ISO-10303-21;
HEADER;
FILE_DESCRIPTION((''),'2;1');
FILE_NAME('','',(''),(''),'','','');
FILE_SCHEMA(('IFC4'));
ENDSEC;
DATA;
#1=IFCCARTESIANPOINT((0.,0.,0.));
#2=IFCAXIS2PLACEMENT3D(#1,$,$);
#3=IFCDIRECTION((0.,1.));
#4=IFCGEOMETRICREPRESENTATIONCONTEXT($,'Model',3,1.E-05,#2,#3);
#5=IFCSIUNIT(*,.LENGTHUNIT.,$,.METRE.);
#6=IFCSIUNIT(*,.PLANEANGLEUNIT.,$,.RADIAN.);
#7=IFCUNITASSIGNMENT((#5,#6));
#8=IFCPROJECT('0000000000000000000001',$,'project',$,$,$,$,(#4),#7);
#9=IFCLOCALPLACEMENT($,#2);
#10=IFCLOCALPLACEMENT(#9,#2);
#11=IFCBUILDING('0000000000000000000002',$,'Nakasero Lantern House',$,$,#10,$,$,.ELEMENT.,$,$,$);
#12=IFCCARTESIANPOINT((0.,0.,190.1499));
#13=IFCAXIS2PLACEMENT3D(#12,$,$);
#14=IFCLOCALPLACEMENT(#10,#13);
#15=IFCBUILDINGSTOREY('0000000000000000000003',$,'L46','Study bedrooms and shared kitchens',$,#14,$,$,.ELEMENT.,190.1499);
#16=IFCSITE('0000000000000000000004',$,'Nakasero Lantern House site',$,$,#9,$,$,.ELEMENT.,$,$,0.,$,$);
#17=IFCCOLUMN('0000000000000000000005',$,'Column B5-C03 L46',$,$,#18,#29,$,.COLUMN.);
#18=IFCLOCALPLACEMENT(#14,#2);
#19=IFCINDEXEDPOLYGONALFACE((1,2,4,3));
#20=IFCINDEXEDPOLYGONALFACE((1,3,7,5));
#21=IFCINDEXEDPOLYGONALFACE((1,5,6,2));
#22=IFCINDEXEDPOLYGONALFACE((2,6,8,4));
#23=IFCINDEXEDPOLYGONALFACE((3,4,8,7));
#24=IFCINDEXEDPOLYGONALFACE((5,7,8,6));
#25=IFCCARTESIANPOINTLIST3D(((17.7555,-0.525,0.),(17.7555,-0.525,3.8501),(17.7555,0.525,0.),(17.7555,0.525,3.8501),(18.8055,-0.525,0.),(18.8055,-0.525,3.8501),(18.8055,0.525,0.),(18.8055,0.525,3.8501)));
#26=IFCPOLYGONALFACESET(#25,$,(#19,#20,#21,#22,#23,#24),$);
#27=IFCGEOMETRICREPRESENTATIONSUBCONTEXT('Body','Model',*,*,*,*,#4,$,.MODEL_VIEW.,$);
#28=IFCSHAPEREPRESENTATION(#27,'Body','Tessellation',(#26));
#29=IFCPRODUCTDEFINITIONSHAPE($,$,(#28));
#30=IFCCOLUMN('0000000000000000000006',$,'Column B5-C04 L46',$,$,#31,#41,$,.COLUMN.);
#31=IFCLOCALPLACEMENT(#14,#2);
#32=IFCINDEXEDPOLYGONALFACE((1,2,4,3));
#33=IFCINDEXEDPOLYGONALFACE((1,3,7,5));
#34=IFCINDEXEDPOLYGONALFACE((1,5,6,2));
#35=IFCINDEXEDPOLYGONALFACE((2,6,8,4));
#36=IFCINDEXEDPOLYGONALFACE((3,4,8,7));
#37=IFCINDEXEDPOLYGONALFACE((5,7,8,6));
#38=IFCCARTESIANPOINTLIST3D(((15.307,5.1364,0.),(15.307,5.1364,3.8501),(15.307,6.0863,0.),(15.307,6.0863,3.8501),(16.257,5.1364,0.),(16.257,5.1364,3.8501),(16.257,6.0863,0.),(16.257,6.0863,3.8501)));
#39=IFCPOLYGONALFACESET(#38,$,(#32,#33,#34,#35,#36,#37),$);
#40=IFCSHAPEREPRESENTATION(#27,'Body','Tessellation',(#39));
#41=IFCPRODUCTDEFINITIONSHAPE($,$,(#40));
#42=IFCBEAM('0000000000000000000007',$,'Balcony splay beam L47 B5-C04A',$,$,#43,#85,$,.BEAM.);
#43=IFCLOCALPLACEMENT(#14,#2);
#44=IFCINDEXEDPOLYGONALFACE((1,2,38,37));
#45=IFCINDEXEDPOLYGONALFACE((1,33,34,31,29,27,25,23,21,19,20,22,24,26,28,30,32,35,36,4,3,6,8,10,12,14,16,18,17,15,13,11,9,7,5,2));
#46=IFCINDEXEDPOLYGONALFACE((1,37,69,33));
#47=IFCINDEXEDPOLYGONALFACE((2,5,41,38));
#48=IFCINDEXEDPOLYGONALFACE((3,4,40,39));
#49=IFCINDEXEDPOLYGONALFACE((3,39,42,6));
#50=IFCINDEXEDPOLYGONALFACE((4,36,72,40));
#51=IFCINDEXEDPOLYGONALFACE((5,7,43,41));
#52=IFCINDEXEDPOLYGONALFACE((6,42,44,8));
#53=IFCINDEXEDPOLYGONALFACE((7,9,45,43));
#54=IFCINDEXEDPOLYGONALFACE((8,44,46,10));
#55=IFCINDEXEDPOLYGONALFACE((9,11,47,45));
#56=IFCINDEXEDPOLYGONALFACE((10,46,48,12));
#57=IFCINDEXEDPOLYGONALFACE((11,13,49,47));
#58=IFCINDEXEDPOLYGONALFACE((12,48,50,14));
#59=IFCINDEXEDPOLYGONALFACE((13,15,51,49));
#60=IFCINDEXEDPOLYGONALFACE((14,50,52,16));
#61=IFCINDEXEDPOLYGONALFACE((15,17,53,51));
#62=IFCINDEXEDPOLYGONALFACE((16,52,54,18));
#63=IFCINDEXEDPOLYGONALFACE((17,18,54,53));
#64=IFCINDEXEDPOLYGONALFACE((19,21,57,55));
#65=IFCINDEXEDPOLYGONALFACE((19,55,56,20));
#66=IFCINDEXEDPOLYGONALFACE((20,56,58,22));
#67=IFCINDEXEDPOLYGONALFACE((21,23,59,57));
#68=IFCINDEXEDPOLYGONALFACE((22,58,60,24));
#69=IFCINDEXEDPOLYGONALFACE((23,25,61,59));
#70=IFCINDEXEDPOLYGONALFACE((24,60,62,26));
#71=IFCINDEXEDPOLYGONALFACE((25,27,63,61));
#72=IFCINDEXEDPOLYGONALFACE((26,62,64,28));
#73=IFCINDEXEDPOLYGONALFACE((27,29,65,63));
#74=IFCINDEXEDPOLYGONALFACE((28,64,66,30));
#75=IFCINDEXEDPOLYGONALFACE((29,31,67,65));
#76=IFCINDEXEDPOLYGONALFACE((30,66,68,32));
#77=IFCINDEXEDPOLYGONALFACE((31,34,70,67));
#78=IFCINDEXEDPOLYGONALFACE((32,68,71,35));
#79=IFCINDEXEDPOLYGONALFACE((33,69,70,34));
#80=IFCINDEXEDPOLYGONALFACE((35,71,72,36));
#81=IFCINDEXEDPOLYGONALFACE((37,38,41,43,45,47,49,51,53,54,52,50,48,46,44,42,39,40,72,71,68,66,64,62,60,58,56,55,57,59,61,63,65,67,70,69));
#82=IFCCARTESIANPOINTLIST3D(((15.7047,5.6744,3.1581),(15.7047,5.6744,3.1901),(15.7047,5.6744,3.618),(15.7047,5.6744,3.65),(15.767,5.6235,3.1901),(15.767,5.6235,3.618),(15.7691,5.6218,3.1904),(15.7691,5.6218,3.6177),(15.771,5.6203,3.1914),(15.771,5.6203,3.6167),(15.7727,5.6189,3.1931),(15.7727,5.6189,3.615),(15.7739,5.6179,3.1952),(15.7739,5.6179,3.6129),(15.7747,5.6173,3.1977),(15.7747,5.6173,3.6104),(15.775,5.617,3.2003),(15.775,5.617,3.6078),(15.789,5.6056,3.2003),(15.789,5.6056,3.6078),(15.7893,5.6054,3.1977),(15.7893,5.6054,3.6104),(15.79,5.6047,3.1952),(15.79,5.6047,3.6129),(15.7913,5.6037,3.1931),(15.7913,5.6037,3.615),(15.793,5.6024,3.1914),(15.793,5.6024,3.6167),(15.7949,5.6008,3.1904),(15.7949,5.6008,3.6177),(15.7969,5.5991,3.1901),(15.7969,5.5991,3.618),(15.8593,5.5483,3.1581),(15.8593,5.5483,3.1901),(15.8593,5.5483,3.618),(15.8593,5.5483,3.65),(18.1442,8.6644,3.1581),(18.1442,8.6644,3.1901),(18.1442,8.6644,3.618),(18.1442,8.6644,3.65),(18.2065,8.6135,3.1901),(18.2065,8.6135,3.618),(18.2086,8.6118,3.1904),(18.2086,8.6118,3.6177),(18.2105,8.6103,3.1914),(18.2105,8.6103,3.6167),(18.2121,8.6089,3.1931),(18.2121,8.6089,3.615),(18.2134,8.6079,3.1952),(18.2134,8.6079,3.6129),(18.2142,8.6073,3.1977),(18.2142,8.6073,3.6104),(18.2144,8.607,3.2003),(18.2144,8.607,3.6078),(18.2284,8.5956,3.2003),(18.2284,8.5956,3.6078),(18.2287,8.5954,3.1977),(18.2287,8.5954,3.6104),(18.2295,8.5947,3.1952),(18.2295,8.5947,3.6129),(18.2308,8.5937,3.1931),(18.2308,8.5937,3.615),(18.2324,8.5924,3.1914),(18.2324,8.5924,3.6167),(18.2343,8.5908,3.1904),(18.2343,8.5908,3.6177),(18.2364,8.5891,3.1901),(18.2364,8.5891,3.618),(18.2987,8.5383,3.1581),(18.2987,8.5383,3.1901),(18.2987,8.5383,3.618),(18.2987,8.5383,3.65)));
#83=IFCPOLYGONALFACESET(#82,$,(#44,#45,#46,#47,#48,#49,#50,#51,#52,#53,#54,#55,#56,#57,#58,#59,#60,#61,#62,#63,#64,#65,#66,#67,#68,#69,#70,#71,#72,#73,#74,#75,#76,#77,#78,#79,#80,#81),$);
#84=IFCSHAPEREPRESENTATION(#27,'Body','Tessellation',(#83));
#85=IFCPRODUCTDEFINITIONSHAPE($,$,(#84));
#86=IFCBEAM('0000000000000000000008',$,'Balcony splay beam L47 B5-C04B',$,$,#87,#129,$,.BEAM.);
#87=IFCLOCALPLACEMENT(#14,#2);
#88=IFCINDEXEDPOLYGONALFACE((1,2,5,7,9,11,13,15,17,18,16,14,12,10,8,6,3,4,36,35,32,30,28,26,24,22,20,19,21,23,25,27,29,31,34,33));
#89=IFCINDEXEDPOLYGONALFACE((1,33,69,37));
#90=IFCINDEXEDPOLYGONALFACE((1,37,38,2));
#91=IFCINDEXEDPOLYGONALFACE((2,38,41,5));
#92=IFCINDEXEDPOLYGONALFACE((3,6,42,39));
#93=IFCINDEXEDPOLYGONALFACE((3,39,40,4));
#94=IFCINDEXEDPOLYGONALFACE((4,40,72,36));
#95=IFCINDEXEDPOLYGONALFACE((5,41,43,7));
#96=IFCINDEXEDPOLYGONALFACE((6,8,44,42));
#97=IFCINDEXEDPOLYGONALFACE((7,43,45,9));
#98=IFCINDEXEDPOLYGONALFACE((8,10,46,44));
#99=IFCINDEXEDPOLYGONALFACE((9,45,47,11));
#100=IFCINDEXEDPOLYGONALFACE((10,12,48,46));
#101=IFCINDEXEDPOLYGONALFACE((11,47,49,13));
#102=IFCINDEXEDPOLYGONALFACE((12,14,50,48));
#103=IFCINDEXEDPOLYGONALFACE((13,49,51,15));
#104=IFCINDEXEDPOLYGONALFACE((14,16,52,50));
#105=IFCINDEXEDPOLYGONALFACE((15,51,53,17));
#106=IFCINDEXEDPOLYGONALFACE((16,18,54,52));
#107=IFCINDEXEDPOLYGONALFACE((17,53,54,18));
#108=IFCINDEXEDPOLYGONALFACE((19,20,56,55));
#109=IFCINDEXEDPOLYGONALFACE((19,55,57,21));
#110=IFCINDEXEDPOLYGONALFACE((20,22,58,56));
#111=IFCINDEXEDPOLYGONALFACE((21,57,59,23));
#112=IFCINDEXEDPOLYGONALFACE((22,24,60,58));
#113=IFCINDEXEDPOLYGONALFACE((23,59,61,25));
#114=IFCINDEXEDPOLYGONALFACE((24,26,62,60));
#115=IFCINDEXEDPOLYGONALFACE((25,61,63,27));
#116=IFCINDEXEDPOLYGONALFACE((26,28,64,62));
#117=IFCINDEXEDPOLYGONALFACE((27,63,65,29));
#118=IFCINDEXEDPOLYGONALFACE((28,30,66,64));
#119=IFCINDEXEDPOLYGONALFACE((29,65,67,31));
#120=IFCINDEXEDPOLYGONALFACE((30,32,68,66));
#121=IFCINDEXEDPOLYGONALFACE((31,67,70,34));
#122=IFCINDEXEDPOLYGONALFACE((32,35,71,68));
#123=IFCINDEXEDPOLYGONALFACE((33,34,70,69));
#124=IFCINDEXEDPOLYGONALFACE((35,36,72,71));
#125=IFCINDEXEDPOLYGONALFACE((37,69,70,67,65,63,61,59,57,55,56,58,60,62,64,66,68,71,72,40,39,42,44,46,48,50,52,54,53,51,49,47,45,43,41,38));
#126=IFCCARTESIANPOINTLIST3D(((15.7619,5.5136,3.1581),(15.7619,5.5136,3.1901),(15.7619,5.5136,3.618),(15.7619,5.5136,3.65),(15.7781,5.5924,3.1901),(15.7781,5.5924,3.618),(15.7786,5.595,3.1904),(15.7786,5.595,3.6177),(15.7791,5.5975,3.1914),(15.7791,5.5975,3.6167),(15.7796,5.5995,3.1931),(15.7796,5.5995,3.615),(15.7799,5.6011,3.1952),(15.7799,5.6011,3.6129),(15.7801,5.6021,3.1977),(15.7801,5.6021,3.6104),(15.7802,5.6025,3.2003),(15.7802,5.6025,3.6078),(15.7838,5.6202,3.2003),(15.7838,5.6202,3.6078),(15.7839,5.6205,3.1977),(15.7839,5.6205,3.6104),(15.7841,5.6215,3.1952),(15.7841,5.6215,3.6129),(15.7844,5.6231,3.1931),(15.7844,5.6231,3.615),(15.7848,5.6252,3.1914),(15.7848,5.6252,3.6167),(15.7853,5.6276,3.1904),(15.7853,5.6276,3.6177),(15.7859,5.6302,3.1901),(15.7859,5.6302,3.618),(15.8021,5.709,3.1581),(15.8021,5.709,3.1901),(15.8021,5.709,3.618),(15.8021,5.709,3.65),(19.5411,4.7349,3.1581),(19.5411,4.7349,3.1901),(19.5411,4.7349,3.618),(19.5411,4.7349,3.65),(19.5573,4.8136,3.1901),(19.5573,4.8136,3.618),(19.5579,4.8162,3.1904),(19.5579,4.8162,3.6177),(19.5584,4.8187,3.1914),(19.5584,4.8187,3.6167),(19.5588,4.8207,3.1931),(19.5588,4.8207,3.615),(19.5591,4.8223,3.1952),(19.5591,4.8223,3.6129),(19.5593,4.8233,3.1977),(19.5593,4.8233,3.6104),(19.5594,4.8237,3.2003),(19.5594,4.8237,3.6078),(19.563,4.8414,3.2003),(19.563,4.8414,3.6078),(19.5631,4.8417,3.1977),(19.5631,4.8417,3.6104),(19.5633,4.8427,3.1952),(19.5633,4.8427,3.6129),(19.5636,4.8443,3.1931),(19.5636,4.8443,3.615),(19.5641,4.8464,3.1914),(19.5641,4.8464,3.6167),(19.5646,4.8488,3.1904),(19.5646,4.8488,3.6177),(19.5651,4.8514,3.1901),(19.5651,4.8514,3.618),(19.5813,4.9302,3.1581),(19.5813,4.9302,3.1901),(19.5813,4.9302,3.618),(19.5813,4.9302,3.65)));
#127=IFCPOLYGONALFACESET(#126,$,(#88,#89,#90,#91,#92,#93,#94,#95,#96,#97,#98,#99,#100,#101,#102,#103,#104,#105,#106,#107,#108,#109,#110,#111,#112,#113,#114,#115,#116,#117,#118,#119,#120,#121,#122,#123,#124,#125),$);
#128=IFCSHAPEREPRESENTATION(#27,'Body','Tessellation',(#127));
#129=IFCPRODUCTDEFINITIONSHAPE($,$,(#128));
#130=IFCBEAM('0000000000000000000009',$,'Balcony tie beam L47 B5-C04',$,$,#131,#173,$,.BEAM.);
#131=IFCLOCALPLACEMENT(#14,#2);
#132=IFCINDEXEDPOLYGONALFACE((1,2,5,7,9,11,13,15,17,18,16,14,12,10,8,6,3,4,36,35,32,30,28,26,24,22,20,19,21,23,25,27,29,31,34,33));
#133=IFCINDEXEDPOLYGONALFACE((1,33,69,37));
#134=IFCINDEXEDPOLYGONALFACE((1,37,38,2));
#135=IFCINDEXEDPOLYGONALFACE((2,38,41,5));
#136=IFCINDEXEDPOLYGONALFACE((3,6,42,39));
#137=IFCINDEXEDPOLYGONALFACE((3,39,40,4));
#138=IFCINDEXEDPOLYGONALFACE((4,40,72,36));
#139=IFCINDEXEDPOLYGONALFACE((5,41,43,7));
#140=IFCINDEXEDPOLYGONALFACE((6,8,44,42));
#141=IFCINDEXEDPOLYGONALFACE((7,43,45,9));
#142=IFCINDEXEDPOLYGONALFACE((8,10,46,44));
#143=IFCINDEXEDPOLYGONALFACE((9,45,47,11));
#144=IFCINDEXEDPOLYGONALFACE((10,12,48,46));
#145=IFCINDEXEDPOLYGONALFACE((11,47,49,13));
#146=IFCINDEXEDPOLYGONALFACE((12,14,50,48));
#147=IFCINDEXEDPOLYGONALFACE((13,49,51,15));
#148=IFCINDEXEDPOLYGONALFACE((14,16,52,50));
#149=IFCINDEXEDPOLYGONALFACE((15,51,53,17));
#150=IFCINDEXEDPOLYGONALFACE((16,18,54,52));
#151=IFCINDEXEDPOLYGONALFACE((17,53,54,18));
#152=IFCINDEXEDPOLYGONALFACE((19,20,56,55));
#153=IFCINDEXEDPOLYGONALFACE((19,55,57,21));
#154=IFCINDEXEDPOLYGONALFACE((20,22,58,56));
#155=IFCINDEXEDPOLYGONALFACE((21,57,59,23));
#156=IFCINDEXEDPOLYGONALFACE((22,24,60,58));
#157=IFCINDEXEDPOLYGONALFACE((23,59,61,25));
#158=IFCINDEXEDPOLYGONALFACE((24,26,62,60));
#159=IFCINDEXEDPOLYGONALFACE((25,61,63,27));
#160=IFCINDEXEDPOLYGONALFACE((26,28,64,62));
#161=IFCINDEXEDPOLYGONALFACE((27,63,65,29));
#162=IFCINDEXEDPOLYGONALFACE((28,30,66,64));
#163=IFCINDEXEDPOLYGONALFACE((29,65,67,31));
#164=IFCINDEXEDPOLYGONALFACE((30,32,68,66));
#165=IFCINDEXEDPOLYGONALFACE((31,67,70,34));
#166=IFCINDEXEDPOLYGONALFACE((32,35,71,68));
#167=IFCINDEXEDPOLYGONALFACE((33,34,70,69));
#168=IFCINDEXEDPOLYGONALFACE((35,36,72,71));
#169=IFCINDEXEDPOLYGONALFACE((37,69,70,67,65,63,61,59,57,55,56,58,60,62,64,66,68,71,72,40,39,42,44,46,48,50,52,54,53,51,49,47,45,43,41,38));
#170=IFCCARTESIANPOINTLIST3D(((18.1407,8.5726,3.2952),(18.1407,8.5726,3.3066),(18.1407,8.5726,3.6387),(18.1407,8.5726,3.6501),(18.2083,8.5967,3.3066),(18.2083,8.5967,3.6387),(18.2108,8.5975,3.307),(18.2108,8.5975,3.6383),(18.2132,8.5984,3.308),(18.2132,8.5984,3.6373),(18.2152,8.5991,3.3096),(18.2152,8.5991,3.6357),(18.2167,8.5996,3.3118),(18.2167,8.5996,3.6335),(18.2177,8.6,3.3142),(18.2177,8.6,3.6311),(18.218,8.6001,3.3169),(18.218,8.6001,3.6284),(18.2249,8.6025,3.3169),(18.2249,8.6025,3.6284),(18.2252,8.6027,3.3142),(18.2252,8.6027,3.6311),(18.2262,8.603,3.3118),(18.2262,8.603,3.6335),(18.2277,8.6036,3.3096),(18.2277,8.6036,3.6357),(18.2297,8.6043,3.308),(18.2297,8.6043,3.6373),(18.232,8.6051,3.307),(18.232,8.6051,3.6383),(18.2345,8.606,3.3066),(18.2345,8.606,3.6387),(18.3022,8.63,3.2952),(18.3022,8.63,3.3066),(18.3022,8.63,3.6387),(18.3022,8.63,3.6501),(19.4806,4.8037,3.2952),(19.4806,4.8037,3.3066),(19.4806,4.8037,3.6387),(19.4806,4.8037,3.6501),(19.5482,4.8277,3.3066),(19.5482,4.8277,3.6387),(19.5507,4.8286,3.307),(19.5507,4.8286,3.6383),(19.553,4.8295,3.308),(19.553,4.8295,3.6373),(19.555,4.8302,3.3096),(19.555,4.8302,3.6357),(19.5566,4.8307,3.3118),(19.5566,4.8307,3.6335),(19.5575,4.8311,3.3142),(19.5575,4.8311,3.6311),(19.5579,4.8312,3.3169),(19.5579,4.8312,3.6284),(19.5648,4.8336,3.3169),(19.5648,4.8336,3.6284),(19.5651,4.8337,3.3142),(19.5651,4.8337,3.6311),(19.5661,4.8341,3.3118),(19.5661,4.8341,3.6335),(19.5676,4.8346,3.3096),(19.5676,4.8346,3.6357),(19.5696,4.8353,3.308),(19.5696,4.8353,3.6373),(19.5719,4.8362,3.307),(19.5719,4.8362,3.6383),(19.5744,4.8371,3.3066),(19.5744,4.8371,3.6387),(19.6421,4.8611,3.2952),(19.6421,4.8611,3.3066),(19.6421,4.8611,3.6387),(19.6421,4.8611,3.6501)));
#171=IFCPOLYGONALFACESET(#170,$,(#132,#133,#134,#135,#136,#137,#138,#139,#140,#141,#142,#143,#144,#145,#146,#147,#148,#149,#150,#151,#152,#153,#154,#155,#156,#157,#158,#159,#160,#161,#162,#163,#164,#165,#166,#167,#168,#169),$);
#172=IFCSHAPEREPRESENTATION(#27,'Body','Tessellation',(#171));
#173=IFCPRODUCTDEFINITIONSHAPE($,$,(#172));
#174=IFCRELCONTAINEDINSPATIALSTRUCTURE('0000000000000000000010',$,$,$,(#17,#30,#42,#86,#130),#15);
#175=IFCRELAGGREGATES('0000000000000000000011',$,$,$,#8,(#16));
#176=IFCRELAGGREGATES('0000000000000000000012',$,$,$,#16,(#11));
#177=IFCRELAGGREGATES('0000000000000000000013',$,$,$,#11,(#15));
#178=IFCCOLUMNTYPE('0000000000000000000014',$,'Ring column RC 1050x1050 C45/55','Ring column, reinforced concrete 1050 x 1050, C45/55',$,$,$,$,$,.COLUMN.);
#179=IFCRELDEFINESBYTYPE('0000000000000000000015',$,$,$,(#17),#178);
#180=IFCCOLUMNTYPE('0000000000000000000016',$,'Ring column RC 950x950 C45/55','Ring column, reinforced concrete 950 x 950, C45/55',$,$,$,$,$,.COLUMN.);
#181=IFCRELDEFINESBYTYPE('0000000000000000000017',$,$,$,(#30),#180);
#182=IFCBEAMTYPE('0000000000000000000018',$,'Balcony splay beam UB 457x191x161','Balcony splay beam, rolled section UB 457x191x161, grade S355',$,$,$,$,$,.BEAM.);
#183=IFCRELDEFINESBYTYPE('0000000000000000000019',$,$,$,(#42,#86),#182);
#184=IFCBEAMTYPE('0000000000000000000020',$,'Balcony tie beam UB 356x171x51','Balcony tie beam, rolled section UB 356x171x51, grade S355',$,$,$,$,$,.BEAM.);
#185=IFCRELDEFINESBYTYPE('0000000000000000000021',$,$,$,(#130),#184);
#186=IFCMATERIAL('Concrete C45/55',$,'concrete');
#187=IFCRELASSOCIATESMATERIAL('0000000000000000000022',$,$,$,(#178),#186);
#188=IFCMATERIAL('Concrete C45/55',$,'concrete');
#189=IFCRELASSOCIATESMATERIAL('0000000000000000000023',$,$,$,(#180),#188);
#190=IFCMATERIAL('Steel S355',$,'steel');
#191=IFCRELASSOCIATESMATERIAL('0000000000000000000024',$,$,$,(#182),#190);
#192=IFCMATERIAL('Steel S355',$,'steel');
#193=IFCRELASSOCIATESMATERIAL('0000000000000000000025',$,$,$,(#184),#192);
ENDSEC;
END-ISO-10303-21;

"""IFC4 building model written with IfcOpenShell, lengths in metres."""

from ifc_helpers import new_model, si_unit, direction, frame, origin, origin_2d, place, context, subcontext, project, spatial, rectangle, i_section, extrude, material, material_profile, profile_set, type_object, element, save


model = new_model("IFC4")

# Units and contexts
model_context = context("Model", 3, precision=1e-05, world=origin(), true_north=direction((0.0, 1.0)))
body_context = subcontext(model_context, "Body", "Model", "MODEL_VIEW")
ifc_project = project(units=[si_unit("LENGTHUNIT", "METRE"), si_unit("PLANEANGLEUNIT", "RADIAN")], contexts=[model_context])

# Site, building, storey
site_placement = place(None, origin())
site = spatial("IfcSite", under=ifc_project, at=site_placement, Name="Nakasero Lantern House site", CompositionType="ELEMENT", RefElevation=0.0)
building_placement = place(site_placement, origin())
building = spatial("IfcBuilding", under=site, at=building_placement, Name="Nakasero Lantern House", CompositionType="ELEMENT")
storey_placement = place(building_placement, frame((0.0, 0.0, 190.1499)))
storey = spatial("IfcBuildingStorey", under=building, at=storey_placement, Name="L46", Description="Study bedrooms and shared kitchens", CompositionType="ELEMENT", Elevation=190.1499)

# Columns
ifc_material_1 = material(Name="Concrete C45/55", Category="concrete")
ifc_material_profile_1 = material_profile(ifc_material_1, rectangle(XDim=1.05, YDim=1.05, at=origin_2d()), Name="RC 1050x1050")
ifc_profile_set_1 = profile_set([ifc_material_profile_1], Name="Concrete C45/55")
column_type_1 = type_object("IfcColumnType", Name="Ring column RC 1050x1050 C45/55", Description="Ring column, reinforced concrete 1050 x 1050, C45/55", PredefinedType="COLUMN", material=ifc_profile_set_1)
column_1_placement = place(storey_placement, frame((18.2805, 0.0, 0.0), z_axis=(0.0, 0.0, 1.0), x_axis=(1.0, 0.0, 0.0)))
element("IfcColumn", 1, at=column_1_placement, inside=storey, type_object=column_type_1, Name="Column B5-C03 L46", PredefinedType="COLUMN", context=body_context, shape_type="SweptSolid", body=[
    extrude(rectangle(XDim=1.05, YDim=1.05, at=origin_2d()), origin(), (0.0, 0.0, 1.0), 3.8501),
])
ifc_material_2 = material(Name="Concrete C45/55", Category="concrete")
ifc_material_profile_2 = material_profile(ifc_material_2, rectangle(XDim=0.95, YDim=0.95, at=origin_2d()), Name="RC 950x950")
ifc_profile_set_2 = profile_set([ifc_material_profile_2], Name="Concrete C45/55")
column_type_2 = type_object("IfcColumnType", Name="Ring column RC 950x950 C45/55", Description="Ring column, reinforced concrete 950 x 950, C45/55", PredefinedType="COLUMN", material=ifc_profile_set_2)
column_2_placement = place(storey_placement, frame((15.782, 5.6113, 0.0), z_axis=(0.0, 0.0, 1.0), x_axis=(1.0, 0.0, 0.0)))
element("IfcColumn", 2, at=column_2_placement, inside=storey, type_object=column_type_2, Name="Column B5-C04 L46", PredefinedType="COLUMN", context=body_context, shape_type="SweptSolid", body=[
    extrude(rectangle(XDim=0.95, YDim=0.95, at=origin_2d()), origin(), (0.0, 0.0, 1.0), 3.8501),
])

# Beams
ifc_material_3 = material(Name="Steel S355", Category="steel")
ifc_material_profile_3 = material_profile(ifc_material_3, i_section(OverallWidth=0.1995, OverallDepth=0.4919, WebThickness=0.0181, FlangeThickness=0.032, FilletRadius=0.0103, at=origin_2d()), Name="UB 457x191x161")
ifc_profile_set_3 = profile_set([ifc_material_profile_3], Name="Steel S355")
beam_type_1 = type_object("IfcBeamType", Name="Balcony splay beam UB 457x191x161", Description="Balcony splay beam, rolled section UB 457x191x161, grade S355", PredefinedType="BEAM", material=ifc_profile_set_3)
beam_1_placement = place(storey_placement, frame((15.782, 5.6113, 3.4041), z_axis=(0.632166, 0.774833, 0.0), x_axis=(-0.774833, 0.632166, 0.0)))
element("IfcBeam", 3, at=beam_1_placement, inside=storey, type_object=beam_type_1, Name="Balcony splay beam L47 B5-C04A", PredefinedType="BEAM", context=body_context, shape_type="SweptSolid", body=[
    extrude(i_section(OverallWidth=0.1995, OverallDepth=0.4919, WebThickness=0.0181, FlangeThickness=0.032, FilletRadius=0.0103, at=origin_2d()), origin(), (0.0, 0.0, 1.0), 3.8589),
])
beam_2_placement = place(storey_placement, frame((15.782, 5.6113, 3.4041), z_axis=(0.97942, -0.201831, 0.0), x_axis=(0.201831, 0.97942, 0.0)))
element("IfcBeam", 4, at=beam_2_placement, inside=storey, type_object=beam_type_1, Name="Balcony splay beam L47 B5-C04B", PredefinedType="BEAM", context=body_context, shape_type="SweptSolid", body=[
    extrude(i_section(OverallWidth=0.1995, OverallDepth=0.4919, WebThickness=0.0181, FlangeThickness=0.032, FilletRadius=0.0103, at=origin_2d()), origin(), (0.0, 0.0, 1.0), 3.8586),
])
ifc_material_4 = material(Name="Steel S355", Category="steel")
ifc_material_profile_4 = material_profile(ifc_material_4, i_section(OverallWidth=0.1714, OverallDepth=0.355, WebThickness=0.0073, FlangeThickness=0.0115, FilletRadius=0.0103, at=origin_2d()), Name="UB 356x171x51")
ifc_profile_set_4 = profile_set([ifc_material_profile_4], Name="Steel S355")
beam_type_2 = type_object("IfcBeamType", Name="Balcony tie beam UB 356x171x51", Description="Balcony tie beam, rolled section UB 356x171x51, grade S355", PredefinedType="BEAM", material=ifc_profile_set_4)
beam_3_placement = place(storey_placement, frame((18.2214, 8.6013, 3.4727), z_axis=(0.334971, -0.942228, 0.0), x_axis=(0.942228, 0.334971, 0.0)))
element("IfcBeam", 5, at=beam_3_placement, inside=storey, type_object=beam_type_2, Name="Balcony tie beam L47 B5-C04", PredefinedType="BEAM", context=body_context, shape_type="SweptSolid", body=[
    extrude(i_section(OverallWidth=0.1714, OverallDepth=0.355, WebThickness=0.0073, FlangeThickness=0.0115, FilletRadius=0.0103, at=origin_2d()), origin(), (0.0, 0.0, 1.0), 4.0),
])

save(model, "model.ifc")
